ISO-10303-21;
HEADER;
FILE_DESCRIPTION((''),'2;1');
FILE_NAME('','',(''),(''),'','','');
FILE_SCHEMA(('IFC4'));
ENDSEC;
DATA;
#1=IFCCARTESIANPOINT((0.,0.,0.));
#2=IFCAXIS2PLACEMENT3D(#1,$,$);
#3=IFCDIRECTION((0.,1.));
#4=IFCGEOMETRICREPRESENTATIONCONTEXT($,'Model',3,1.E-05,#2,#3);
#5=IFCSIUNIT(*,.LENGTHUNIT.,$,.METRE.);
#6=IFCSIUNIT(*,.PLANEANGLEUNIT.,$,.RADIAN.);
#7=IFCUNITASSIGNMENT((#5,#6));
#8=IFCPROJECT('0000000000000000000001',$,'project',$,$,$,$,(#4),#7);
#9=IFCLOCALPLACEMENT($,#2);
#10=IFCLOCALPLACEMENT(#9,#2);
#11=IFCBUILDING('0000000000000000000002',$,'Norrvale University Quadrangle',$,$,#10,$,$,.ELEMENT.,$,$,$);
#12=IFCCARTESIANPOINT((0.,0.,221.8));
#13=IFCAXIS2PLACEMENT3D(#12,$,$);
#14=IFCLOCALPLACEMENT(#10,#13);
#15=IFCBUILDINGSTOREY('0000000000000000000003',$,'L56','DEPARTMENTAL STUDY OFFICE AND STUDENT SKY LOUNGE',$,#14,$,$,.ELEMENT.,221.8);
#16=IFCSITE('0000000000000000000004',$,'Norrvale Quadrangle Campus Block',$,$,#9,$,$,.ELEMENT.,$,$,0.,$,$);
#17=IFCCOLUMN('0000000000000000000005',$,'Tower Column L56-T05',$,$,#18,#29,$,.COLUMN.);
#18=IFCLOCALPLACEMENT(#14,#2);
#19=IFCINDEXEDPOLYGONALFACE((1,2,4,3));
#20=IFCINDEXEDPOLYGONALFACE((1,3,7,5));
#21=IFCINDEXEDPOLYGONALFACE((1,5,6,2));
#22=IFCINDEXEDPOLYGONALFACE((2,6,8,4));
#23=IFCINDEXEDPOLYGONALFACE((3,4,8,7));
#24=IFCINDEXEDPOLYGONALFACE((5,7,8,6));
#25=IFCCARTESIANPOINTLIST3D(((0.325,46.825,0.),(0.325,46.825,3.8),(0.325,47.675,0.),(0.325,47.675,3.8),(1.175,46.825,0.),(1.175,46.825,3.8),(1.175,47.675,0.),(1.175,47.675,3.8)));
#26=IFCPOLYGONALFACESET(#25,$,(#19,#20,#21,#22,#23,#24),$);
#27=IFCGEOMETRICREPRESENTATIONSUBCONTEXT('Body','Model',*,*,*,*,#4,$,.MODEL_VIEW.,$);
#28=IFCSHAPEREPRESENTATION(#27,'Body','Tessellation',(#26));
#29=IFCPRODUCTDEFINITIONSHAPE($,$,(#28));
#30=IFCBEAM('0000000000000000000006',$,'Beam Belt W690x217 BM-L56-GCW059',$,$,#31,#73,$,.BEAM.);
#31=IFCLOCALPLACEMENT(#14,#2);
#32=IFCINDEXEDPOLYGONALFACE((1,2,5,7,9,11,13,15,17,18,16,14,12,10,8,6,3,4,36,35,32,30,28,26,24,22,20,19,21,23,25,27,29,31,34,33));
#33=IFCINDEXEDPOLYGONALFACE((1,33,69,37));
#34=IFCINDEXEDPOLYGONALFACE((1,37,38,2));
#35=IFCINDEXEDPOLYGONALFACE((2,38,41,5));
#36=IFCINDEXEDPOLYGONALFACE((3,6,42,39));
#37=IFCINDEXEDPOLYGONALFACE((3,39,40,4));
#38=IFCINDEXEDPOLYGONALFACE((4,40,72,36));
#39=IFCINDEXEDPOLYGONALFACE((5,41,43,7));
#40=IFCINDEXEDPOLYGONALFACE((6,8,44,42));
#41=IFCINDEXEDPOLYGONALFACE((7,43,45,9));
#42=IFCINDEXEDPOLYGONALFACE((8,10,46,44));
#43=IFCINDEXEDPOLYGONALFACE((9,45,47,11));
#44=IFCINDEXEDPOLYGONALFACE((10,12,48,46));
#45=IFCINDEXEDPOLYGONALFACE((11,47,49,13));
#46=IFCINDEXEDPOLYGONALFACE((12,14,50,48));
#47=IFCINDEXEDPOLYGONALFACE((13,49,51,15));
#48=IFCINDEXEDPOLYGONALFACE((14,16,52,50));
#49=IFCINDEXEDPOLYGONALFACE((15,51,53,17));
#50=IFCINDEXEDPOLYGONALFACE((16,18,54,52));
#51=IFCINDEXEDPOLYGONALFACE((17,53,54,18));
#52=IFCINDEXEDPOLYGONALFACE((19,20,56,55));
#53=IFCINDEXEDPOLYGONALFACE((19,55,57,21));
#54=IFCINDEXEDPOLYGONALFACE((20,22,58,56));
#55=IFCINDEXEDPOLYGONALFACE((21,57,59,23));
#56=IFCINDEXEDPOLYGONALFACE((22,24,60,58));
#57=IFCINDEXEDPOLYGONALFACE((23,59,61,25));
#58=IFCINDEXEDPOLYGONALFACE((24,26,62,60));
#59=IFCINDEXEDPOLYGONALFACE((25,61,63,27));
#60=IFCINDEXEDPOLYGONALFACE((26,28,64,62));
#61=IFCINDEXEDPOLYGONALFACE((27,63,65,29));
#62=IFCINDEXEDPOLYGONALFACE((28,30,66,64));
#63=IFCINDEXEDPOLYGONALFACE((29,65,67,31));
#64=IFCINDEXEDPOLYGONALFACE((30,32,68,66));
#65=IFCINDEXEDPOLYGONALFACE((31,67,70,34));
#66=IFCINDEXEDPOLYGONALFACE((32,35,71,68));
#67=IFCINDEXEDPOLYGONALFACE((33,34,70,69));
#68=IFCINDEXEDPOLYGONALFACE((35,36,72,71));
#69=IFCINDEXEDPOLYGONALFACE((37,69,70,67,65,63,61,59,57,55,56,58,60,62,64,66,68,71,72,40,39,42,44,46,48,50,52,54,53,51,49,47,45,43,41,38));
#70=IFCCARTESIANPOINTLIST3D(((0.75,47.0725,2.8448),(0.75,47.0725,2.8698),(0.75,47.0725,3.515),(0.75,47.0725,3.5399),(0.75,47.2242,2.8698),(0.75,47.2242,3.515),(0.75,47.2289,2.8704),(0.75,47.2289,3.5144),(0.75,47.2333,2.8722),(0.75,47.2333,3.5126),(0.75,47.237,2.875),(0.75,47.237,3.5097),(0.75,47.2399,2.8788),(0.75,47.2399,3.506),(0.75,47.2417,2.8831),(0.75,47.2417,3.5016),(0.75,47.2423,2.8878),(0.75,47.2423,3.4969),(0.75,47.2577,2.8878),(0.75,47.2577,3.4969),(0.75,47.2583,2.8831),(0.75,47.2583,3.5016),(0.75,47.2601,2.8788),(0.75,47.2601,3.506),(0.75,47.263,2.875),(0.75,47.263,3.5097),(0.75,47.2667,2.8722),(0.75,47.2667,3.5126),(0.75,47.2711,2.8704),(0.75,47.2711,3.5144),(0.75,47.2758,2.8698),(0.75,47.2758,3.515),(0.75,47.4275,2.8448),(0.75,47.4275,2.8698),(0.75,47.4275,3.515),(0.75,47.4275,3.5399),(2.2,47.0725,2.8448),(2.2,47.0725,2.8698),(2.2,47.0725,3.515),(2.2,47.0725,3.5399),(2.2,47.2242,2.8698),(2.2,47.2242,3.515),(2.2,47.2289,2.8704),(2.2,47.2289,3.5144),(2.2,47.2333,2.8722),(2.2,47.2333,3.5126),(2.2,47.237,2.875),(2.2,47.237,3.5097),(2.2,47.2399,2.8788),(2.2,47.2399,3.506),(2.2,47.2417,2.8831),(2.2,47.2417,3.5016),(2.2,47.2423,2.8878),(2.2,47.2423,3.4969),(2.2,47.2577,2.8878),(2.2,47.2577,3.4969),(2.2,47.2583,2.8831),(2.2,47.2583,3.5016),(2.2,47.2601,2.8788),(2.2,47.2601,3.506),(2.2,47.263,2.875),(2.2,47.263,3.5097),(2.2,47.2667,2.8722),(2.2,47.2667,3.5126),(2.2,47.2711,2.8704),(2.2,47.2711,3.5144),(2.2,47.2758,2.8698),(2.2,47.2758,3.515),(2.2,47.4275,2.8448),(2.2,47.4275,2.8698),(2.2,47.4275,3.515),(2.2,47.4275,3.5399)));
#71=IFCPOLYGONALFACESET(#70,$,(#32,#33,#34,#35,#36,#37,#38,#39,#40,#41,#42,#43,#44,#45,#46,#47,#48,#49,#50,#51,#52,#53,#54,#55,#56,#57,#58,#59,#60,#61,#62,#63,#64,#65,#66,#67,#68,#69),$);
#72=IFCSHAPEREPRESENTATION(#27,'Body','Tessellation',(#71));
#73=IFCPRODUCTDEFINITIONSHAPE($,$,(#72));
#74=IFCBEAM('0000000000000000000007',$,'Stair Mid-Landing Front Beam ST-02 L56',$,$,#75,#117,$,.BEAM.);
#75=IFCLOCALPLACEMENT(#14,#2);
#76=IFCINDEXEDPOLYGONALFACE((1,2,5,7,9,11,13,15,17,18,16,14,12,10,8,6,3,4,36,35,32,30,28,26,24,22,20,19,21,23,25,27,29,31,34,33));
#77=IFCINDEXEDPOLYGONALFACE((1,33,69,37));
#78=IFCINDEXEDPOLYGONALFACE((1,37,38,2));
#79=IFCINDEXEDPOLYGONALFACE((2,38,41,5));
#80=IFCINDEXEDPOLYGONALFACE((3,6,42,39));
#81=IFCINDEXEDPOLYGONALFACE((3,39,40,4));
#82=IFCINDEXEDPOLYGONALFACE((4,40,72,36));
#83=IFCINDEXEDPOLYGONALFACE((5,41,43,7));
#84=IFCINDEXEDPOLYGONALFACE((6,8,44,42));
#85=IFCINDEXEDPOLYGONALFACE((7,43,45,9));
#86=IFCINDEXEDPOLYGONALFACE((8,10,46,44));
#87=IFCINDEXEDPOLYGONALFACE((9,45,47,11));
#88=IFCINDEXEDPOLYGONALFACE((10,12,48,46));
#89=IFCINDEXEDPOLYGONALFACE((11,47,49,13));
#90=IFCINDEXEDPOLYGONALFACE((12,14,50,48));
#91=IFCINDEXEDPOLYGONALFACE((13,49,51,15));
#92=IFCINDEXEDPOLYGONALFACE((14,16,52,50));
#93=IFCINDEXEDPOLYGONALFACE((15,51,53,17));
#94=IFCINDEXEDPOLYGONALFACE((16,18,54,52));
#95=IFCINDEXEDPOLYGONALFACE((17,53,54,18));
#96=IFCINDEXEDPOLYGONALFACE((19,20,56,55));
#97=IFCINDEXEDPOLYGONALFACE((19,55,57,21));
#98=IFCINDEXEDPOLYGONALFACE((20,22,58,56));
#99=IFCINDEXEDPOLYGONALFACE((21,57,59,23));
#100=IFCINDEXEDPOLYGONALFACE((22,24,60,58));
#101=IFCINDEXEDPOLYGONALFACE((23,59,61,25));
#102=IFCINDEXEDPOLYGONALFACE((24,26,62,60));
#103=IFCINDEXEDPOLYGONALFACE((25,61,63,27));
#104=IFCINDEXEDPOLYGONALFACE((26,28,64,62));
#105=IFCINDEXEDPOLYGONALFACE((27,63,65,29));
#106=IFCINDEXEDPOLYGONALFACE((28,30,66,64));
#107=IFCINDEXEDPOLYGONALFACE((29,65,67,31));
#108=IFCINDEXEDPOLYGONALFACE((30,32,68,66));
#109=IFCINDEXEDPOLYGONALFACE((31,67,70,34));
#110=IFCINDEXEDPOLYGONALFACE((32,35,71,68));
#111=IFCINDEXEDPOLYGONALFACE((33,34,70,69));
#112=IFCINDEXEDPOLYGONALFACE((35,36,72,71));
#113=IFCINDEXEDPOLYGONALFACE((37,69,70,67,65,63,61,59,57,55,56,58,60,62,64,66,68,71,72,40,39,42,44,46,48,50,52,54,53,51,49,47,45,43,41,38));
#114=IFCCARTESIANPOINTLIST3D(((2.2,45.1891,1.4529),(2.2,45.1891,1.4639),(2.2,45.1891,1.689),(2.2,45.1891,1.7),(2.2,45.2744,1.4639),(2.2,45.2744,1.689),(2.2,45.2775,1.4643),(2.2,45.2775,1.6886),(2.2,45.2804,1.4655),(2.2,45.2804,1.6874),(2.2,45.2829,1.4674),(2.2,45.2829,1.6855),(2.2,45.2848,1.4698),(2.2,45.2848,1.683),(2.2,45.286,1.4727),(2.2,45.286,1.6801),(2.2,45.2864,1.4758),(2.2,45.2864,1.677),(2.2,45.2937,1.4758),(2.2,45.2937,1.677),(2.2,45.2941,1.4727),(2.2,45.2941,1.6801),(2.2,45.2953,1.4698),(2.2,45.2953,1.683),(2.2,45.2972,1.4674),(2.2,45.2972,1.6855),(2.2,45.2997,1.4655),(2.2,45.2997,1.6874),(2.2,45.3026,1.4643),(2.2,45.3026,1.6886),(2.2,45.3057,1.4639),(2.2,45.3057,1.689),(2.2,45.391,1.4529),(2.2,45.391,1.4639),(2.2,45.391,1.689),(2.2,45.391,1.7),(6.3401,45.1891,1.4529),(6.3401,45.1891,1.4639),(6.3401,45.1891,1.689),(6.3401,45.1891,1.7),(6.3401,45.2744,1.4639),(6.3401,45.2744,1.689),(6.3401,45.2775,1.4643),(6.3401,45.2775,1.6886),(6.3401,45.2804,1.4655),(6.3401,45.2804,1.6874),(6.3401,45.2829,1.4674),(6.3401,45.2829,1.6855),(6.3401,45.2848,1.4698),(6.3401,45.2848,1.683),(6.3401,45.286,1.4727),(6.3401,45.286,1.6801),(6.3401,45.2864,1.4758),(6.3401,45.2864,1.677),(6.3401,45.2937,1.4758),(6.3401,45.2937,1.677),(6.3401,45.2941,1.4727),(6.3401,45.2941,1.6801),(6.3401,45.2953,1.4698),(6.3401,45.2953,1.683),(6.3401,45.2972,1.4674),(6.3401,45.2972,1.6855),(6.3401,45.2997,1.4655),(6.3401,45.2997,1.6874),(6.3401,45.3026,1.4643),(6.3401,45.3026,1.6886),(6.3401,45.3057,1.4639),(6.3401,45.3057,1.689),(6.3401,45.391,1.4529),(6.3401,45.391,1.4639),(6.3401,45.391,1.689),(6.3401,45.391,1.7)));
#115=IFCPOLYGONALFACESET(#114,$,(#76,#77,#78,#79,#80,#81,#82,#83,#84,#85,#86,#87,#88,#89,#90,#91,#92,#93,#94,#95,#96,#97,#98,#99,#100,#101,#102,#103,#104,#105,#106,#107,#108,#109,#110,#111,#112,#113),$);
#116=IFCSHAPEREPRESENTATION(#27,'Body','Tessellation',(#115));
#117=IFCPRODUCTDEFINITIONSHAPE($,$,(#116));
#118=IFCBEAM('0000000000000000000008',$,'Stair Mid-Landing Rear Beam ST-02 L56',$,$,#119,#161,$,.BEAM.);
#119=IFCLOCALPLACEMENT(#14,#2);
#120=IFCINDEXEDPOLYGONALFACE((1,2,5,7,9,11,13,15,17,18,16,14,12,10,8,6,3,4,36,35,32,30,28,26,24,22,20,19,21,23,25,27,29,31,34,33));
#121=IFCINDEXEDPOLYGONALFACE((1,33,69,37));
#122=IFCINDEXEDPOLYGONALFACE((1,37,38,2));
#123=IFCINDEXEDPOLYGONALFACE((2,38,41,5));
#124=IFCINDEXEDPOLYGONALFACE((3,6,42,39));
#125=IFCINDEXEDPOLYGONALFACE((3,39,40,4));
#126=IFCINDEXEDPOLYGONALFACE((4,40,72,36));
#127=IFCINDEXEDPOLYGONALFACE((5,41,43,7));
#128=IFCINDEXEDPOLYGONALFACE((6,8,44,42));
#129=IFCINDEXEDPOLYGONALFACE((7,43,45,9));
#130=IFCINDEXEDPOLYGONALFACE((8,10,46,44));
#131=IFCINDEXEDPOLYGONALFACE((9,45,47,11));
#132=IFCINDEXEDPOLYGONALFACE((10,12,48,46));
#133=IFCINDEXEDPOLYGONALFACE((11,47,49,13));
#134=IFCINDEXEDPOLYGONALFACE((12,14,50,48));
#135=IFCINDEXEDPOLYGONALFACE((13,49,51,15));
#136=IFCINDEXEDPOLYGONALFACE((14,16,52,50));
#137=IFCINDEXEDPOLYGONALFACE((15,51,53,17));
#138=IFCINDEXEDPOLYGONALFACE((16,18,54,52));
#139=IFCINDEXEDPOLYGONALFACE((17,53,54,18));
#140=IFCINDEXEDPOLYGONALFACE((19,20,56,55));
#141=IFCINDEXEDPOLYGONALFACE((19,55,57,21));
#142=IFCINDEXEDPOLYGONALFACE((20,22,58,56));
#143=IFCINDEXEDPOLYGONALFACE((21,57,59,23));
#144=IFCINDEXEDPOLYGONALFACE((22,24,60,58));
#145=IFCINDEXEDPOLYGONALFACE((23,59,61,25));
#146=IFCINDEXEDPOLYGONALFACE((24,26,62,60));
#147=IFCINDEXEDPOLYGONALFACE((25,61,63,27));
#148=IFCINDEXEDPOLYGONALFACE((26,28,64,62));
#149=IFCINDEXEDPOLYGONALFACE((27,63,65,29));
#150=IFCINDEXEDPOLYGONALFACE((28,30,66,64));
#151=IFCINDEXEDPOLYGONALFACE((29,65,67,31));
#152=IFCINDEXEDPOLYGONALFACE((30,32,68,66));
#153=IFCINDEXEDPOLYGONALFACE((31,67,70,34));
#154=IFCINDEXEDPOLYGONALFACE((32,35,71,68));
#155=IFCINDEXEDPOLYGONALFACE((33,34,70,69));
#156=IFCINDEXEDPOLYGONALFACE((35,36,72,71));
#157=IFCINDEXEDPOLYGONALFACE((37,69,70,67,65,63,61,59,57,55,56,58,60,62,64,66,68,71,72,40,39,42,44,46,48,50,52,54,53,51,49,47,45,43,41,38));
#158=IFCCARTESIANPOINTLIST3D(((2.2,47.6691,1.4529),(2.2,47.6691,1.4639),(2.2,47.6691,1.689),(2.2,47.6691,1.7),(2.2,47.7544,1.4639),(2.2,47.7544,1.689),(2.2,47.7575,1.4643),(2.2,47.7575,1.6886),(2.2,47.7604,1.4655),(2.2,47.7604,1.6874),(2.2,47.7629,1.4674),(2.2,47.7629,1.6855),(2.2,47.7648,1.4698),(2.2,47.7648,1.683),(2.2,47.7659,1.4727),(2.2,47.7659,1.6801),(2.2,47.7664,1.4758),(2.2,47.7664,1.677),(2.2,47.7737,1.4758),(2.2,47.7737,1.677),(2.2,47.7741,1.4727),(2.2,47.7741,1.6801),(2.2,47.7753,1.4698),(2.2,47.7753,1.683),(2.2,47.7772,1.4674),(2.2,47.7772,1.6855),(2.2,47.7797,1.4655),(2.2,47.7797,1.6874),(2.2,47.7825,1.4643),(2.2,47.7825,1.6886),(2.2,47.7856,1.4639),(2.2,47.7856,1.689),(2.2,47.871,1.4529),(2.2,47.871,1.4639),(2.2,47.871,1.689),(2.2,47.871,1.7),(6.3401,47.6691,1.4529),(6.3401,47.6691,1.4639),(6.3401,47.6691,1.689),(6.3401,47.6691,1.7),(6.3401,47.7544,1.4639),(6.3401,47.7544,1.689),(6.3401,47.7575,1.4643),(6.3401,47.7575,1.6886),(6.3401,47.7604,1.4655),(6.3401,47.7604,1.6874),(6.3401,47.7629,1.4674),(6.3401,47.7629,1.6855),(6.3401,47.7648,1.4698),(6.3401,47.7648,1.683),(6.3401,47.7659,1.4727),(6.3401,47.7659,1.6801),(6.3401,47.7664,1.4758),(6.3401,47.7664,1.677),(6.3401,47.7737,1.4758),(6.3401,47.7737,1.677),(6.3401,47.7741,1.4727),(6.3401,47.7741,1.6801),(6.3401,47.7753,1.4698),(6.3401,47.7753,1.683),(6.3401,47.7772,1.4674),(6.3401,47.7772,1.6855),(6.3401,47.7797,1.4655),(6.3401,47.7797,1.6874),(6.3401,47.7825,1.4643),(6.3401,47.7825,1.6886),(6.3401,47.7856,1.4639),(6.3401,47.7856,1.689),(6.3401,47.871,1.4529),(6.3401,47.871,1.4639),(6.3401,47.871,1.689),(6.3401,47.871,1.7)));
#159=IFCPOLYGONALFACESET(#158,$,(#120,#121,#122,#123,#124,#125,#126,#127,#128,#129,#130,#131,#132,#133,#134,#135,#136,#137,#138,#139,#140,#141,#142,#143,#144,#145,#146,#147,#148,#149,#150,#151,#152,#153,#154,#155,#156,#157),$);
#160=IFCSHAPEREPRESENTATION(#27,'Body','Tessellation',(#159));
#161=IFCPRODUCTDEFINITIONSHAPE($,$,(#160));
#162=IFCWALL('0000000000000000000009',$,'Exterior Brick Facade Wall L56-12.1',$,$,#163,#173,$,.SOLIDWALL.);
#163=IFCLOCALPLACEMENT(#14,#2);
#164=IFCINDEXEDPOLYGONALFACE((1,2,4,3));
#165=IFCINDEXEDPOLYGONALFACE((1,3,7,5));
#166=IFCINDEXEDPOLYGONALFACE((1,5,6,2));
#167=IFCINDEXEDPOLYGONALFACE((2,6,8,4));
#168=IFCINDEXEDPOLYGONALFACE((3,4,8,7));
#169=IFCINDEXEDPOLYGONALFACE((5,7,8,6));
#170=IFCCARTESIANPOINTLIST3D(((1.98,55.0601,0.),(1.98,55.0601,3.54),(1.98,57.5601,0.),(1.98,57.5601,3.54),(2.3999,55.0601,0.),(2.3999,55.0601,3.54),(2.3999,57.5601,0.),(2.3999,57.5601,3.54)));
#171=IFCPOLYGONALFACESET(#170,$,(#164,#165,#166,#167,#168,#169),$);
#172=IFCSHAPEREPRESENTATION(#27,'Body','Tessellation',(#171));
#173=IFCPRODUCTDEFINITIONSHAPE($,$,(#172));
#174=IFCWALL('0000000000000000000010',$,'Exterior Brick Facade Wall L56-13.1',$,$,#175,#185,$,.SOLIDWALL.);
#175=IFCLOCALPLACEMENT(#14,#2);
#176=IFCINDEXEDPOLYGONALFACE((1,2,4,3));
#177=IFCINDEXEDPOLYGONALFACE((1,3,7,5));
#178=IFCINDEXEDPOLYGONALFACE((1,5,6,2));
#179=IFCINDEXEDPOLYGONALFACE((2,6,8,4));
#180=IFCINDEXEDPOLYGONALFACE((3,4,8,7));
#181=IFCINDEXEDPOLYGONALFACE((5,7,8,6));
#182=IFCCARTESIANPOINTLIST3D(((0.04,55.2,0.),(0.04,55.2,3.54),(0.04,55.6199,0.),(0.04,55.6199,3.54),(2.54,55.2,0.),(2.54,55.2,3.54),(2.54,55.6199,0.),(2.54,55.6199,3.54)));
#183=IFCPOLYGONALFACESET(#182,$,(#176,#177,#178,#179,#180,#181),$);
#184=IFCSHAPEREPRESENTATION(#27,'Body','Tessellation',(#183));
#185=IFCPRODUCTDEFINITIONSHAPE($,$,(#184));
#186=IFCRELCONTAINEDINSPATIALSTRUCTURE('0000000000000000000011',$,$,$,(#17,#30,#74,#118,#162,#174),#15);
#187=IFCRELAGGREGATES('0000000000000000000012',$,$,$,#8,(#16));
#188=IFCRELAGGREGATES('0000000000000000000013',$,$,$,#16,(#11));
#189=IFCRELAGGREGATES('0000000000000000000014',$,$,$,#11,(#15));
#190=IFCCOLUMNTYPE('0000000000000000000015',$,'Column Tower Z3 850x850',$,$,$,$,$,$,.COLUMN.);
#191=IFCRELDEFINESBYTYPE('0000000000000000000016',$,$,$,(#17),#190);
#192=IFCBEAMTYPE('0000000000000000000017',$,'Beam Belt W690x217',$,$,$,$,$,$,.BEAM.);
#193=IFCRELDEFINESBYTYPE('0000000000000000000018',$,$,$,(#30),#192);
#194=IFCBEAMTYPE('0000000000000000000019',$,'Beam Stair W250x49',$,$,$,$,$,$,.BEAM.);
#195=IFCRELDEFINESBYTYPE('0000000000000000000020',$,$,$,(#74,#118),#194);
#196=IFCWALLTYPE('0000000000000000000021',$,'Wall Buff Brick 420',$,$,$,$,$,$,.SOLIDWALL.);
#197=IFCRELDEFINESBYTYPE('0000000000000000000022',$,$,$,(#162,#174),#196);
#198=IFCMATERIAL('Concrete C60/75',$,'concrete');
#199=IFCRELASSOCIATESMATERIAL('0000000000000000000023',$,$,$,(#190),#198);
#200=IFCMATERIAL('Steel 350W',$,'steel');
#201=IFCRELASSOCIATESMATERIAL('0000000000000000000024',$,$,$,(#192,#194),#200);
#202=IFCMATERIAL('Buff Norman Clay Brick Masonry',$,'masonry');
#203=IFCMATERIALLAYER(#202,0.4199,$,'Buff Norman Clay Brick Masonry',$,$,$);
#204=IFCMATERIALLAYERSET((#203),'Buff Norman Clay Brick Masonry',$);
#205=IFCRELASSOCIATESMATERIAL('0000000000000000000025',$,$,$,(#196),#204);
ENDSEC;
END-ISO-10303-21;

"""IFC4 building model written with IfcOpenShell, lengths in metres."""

from ifc_helpers import new_model, si_unit, direction, frame, frame_2d, origin, origin_2d, place, context, subcontext, project, spatial, rectangle, i_section, extrude, material, layer, layer_set, material_profile, profile_set, type_object, element, save


model = new_model("IFC4")

# Units and contexts
model_context = context("Model", 3, precision=1e-05, world=origin(), true_north=direction((0.0, 1.0)))
body_context = subcontext(model_context, "Body", "Model", "MODEL_VIEW")
ifc_project = project(units=[si_unit("LENGTHUNIT", "METRE"), si_unit("PLANEANGLEUNIT", "RADIAN")], contexts=[model_context])

# Site, building, storey
site_placement = place(None, origin())
site = spatial("IfcSite", under=ifc_project, at=site_placement, Name="Norrvale Quadrangle Campus Block", CompositionType="ELEMENT", RefElevation=0.0)
building_placement = place(site_placement, origin())
building = spatial("IfcBuilding", under=site, at=building_placement, Name="Norrvale University Quadrangle", CompositionType="ELEMENT")
storey_placement = place(building_placement, frame((0.0, 0.0, 221.8)))
storey = spatial("IfcBuildingStorey", under=building, at=storey_placement, Name="L56", Description="DEPARTMENTAL STUDY OFFICE AND STUDENT SKY LOUNGE", CompositionType="ELEMENT", Elevation=221.8)

# Column
ifc_material_1 = material(Name="Concrete C60/75", Category="concrete")
ifc_material_profile_1 = material_profile(ifc_material_1, rectangle(XDim=0.8501, YDim=0.8501, at=origin_2d()), Name="Concrete C60/75")
ifc_profile_set_1 = profile_set([ifc_material_profile_1], Name="Concrete C60/75")
column_type = type_object("IfcColumnType", Name="Column Tower Z3 850x850", PredefinedType="COLUMN", material=ifc_profile_set_1)
column_placement = place(storey_placement, frame((0.75, 47.25, 0.0), z_axis=(0.0, 0.0, 1.0), x_axis=(1.0, 0.0, 0.0)))
element("IfcColumn", 1, at=column_placement, inside=storey, type_object=column_type, Name="Tower Column L56-T05", PredefinedType="COLUMN", context=body_context, shape_type="SweptSolid", body=[
    extrude(rectangle(XDim=0.8501, YDim=0.8501, at=origin_2d()), origin(), (0.0, 0.0, 1.0), 3.8),
])

# Beams
ifc_material_2 = material(Name="Steel 350W", Category="steel")
ifc_material_profile_2 = material_profile(ifc_material_2, i_section(OverallWidth=0.355, OverallDepth=0.6951, WebThickness=0.0154, FlangeThickness=0.0249, FilletRadius=0.0181, at=origin_2d()), Name="Steel 350W")
ifc_profile_set_2 = profile_set([ifc_material_profile_2], Name="Steel 350W")
beam_type_1 = type_object("IfcBeamType", Name="Beam Belt W690x217", PredefinedType="BEAM", material=ifc_profile_set_2)
beam_placement = place(storey_placement, frame((0.75, 47.25, 3.1924), z_axis=(1.0, 0.0, 0.0), x_axis=(0.0, 1.0, 0.0)))
element("IfcBeam", 2, at=beam_placement, inside=storey, type_object=beam_type_1, Name="Beam Belt W690x217 BM-L56-GCW059", PredefinedType="BEAM", context=body_context, shape_type="SweptSolid", body=[
    extrude(i_section(OverallWidth=0.355, OverallDepth=0.6951, WebThickness=0.0154, FlangeThickness=0.0249, FilletRadius=0.0181, at=origin_2d()), origin(), (0.0, 0.0, 1.0), 1.45),
])
ifc_material_profile_3 = material_profile(ifc_material_2, i_section(OverallWidth=0.2019, OverallDepth=0.2471, WebThickness=0.0073, FlangeThickness=0.011, FilletRadius=0.012, at=origin_2d()), Name="Steel 350W")
ifc_profile_set_3 = profile_set([ifc_material_profile_3], Name="Steel 350W")
beam_type_2 = type_object("IfcBeamType", Name="Beam Stair W250x49", PredefinedType="BEAM", material=ifc_profile_set_3)
for number, where, z_axis, x_axis, name in (
    (3, (2.2, 45.29, 1.5764), (1.0, 0.0, 0.0), (0.0, 1.0, 0.0), "Stair Mid-Landing Front Beam ST-02 L56"),
    (4, (2.2, 47.77, 1.5764), (1.0, 0.0, 0.0), (0.0, 1.0, 0.0), "Stair Mid-Landing Rear Beam ST-02 L56"),
):
    element("IfcBeam", number, at=place(storey_placement, frame(where, z_axis=z_axis, x_axis=x_axis)), inside=storey, type_object=beam_type_2, Name=name, PredefinedType="BEAM", context=body_context, shape_type="SweptSolid", body=[
        extrude(i_section(OverallWidth=0.2019, OverallDepth=0.2471, WebThickness=0.0073, FlangeThickness=0.011, FilletRadius=0.012, at=origin_2d()), origin(), (0.0, 0.0, 1.0), 4.1401),
    ])

# Walls
ifc_material_3 = material(Name="Buff Norman Clay Brick Masonry", Category="masonry")
ifc_layer_1 = layer(ifc_material_3, 0.4199, Name="Buff Norman Clay Brick Masonry")
ifc_layer_set_1 = layer_set([ifc_layer_1], Name="Buff Norman Clay Brick Masonry")
wall_type_1 = type_object("IfcWallType", Name="Wall Buff Brick 420", PredefinedType="SOLIDWALL", material=ifc_layer_set_1)
for number, where, z_axis, x_axis, name in (
    (5, (2.1899, 57.5601, 0.0), (0.0, 0.0, 1.0), (0.0, -1.0, 0.0), "Exterior Brick Facade Wall L56-12.1"),
    (6, (2.54, 55.4099, 0.0), (0.0, 0.0, 1.0), (-1.0, 0.0, 0.0), "Exterior Brick Facade Wall L56-13.1"),
):
    element("IfcWall", number, at=place(storey_placement, frame(where, z_axis=z_axis, x_axis=x_axis)), inside=storey, type_object=wall_type_1, Name=name, PredefinedType="SOLIDWALL", context=body_context, shape_type="SweptSolid", body=[
        extrude(rectangle(XDim=2.5, YDim=0.4199, at=frame_2d((1.25, 0.0))), origin(), (0.0, 0.0, 1.0), 3.54),
    ])

save(model, "model.ifc")
